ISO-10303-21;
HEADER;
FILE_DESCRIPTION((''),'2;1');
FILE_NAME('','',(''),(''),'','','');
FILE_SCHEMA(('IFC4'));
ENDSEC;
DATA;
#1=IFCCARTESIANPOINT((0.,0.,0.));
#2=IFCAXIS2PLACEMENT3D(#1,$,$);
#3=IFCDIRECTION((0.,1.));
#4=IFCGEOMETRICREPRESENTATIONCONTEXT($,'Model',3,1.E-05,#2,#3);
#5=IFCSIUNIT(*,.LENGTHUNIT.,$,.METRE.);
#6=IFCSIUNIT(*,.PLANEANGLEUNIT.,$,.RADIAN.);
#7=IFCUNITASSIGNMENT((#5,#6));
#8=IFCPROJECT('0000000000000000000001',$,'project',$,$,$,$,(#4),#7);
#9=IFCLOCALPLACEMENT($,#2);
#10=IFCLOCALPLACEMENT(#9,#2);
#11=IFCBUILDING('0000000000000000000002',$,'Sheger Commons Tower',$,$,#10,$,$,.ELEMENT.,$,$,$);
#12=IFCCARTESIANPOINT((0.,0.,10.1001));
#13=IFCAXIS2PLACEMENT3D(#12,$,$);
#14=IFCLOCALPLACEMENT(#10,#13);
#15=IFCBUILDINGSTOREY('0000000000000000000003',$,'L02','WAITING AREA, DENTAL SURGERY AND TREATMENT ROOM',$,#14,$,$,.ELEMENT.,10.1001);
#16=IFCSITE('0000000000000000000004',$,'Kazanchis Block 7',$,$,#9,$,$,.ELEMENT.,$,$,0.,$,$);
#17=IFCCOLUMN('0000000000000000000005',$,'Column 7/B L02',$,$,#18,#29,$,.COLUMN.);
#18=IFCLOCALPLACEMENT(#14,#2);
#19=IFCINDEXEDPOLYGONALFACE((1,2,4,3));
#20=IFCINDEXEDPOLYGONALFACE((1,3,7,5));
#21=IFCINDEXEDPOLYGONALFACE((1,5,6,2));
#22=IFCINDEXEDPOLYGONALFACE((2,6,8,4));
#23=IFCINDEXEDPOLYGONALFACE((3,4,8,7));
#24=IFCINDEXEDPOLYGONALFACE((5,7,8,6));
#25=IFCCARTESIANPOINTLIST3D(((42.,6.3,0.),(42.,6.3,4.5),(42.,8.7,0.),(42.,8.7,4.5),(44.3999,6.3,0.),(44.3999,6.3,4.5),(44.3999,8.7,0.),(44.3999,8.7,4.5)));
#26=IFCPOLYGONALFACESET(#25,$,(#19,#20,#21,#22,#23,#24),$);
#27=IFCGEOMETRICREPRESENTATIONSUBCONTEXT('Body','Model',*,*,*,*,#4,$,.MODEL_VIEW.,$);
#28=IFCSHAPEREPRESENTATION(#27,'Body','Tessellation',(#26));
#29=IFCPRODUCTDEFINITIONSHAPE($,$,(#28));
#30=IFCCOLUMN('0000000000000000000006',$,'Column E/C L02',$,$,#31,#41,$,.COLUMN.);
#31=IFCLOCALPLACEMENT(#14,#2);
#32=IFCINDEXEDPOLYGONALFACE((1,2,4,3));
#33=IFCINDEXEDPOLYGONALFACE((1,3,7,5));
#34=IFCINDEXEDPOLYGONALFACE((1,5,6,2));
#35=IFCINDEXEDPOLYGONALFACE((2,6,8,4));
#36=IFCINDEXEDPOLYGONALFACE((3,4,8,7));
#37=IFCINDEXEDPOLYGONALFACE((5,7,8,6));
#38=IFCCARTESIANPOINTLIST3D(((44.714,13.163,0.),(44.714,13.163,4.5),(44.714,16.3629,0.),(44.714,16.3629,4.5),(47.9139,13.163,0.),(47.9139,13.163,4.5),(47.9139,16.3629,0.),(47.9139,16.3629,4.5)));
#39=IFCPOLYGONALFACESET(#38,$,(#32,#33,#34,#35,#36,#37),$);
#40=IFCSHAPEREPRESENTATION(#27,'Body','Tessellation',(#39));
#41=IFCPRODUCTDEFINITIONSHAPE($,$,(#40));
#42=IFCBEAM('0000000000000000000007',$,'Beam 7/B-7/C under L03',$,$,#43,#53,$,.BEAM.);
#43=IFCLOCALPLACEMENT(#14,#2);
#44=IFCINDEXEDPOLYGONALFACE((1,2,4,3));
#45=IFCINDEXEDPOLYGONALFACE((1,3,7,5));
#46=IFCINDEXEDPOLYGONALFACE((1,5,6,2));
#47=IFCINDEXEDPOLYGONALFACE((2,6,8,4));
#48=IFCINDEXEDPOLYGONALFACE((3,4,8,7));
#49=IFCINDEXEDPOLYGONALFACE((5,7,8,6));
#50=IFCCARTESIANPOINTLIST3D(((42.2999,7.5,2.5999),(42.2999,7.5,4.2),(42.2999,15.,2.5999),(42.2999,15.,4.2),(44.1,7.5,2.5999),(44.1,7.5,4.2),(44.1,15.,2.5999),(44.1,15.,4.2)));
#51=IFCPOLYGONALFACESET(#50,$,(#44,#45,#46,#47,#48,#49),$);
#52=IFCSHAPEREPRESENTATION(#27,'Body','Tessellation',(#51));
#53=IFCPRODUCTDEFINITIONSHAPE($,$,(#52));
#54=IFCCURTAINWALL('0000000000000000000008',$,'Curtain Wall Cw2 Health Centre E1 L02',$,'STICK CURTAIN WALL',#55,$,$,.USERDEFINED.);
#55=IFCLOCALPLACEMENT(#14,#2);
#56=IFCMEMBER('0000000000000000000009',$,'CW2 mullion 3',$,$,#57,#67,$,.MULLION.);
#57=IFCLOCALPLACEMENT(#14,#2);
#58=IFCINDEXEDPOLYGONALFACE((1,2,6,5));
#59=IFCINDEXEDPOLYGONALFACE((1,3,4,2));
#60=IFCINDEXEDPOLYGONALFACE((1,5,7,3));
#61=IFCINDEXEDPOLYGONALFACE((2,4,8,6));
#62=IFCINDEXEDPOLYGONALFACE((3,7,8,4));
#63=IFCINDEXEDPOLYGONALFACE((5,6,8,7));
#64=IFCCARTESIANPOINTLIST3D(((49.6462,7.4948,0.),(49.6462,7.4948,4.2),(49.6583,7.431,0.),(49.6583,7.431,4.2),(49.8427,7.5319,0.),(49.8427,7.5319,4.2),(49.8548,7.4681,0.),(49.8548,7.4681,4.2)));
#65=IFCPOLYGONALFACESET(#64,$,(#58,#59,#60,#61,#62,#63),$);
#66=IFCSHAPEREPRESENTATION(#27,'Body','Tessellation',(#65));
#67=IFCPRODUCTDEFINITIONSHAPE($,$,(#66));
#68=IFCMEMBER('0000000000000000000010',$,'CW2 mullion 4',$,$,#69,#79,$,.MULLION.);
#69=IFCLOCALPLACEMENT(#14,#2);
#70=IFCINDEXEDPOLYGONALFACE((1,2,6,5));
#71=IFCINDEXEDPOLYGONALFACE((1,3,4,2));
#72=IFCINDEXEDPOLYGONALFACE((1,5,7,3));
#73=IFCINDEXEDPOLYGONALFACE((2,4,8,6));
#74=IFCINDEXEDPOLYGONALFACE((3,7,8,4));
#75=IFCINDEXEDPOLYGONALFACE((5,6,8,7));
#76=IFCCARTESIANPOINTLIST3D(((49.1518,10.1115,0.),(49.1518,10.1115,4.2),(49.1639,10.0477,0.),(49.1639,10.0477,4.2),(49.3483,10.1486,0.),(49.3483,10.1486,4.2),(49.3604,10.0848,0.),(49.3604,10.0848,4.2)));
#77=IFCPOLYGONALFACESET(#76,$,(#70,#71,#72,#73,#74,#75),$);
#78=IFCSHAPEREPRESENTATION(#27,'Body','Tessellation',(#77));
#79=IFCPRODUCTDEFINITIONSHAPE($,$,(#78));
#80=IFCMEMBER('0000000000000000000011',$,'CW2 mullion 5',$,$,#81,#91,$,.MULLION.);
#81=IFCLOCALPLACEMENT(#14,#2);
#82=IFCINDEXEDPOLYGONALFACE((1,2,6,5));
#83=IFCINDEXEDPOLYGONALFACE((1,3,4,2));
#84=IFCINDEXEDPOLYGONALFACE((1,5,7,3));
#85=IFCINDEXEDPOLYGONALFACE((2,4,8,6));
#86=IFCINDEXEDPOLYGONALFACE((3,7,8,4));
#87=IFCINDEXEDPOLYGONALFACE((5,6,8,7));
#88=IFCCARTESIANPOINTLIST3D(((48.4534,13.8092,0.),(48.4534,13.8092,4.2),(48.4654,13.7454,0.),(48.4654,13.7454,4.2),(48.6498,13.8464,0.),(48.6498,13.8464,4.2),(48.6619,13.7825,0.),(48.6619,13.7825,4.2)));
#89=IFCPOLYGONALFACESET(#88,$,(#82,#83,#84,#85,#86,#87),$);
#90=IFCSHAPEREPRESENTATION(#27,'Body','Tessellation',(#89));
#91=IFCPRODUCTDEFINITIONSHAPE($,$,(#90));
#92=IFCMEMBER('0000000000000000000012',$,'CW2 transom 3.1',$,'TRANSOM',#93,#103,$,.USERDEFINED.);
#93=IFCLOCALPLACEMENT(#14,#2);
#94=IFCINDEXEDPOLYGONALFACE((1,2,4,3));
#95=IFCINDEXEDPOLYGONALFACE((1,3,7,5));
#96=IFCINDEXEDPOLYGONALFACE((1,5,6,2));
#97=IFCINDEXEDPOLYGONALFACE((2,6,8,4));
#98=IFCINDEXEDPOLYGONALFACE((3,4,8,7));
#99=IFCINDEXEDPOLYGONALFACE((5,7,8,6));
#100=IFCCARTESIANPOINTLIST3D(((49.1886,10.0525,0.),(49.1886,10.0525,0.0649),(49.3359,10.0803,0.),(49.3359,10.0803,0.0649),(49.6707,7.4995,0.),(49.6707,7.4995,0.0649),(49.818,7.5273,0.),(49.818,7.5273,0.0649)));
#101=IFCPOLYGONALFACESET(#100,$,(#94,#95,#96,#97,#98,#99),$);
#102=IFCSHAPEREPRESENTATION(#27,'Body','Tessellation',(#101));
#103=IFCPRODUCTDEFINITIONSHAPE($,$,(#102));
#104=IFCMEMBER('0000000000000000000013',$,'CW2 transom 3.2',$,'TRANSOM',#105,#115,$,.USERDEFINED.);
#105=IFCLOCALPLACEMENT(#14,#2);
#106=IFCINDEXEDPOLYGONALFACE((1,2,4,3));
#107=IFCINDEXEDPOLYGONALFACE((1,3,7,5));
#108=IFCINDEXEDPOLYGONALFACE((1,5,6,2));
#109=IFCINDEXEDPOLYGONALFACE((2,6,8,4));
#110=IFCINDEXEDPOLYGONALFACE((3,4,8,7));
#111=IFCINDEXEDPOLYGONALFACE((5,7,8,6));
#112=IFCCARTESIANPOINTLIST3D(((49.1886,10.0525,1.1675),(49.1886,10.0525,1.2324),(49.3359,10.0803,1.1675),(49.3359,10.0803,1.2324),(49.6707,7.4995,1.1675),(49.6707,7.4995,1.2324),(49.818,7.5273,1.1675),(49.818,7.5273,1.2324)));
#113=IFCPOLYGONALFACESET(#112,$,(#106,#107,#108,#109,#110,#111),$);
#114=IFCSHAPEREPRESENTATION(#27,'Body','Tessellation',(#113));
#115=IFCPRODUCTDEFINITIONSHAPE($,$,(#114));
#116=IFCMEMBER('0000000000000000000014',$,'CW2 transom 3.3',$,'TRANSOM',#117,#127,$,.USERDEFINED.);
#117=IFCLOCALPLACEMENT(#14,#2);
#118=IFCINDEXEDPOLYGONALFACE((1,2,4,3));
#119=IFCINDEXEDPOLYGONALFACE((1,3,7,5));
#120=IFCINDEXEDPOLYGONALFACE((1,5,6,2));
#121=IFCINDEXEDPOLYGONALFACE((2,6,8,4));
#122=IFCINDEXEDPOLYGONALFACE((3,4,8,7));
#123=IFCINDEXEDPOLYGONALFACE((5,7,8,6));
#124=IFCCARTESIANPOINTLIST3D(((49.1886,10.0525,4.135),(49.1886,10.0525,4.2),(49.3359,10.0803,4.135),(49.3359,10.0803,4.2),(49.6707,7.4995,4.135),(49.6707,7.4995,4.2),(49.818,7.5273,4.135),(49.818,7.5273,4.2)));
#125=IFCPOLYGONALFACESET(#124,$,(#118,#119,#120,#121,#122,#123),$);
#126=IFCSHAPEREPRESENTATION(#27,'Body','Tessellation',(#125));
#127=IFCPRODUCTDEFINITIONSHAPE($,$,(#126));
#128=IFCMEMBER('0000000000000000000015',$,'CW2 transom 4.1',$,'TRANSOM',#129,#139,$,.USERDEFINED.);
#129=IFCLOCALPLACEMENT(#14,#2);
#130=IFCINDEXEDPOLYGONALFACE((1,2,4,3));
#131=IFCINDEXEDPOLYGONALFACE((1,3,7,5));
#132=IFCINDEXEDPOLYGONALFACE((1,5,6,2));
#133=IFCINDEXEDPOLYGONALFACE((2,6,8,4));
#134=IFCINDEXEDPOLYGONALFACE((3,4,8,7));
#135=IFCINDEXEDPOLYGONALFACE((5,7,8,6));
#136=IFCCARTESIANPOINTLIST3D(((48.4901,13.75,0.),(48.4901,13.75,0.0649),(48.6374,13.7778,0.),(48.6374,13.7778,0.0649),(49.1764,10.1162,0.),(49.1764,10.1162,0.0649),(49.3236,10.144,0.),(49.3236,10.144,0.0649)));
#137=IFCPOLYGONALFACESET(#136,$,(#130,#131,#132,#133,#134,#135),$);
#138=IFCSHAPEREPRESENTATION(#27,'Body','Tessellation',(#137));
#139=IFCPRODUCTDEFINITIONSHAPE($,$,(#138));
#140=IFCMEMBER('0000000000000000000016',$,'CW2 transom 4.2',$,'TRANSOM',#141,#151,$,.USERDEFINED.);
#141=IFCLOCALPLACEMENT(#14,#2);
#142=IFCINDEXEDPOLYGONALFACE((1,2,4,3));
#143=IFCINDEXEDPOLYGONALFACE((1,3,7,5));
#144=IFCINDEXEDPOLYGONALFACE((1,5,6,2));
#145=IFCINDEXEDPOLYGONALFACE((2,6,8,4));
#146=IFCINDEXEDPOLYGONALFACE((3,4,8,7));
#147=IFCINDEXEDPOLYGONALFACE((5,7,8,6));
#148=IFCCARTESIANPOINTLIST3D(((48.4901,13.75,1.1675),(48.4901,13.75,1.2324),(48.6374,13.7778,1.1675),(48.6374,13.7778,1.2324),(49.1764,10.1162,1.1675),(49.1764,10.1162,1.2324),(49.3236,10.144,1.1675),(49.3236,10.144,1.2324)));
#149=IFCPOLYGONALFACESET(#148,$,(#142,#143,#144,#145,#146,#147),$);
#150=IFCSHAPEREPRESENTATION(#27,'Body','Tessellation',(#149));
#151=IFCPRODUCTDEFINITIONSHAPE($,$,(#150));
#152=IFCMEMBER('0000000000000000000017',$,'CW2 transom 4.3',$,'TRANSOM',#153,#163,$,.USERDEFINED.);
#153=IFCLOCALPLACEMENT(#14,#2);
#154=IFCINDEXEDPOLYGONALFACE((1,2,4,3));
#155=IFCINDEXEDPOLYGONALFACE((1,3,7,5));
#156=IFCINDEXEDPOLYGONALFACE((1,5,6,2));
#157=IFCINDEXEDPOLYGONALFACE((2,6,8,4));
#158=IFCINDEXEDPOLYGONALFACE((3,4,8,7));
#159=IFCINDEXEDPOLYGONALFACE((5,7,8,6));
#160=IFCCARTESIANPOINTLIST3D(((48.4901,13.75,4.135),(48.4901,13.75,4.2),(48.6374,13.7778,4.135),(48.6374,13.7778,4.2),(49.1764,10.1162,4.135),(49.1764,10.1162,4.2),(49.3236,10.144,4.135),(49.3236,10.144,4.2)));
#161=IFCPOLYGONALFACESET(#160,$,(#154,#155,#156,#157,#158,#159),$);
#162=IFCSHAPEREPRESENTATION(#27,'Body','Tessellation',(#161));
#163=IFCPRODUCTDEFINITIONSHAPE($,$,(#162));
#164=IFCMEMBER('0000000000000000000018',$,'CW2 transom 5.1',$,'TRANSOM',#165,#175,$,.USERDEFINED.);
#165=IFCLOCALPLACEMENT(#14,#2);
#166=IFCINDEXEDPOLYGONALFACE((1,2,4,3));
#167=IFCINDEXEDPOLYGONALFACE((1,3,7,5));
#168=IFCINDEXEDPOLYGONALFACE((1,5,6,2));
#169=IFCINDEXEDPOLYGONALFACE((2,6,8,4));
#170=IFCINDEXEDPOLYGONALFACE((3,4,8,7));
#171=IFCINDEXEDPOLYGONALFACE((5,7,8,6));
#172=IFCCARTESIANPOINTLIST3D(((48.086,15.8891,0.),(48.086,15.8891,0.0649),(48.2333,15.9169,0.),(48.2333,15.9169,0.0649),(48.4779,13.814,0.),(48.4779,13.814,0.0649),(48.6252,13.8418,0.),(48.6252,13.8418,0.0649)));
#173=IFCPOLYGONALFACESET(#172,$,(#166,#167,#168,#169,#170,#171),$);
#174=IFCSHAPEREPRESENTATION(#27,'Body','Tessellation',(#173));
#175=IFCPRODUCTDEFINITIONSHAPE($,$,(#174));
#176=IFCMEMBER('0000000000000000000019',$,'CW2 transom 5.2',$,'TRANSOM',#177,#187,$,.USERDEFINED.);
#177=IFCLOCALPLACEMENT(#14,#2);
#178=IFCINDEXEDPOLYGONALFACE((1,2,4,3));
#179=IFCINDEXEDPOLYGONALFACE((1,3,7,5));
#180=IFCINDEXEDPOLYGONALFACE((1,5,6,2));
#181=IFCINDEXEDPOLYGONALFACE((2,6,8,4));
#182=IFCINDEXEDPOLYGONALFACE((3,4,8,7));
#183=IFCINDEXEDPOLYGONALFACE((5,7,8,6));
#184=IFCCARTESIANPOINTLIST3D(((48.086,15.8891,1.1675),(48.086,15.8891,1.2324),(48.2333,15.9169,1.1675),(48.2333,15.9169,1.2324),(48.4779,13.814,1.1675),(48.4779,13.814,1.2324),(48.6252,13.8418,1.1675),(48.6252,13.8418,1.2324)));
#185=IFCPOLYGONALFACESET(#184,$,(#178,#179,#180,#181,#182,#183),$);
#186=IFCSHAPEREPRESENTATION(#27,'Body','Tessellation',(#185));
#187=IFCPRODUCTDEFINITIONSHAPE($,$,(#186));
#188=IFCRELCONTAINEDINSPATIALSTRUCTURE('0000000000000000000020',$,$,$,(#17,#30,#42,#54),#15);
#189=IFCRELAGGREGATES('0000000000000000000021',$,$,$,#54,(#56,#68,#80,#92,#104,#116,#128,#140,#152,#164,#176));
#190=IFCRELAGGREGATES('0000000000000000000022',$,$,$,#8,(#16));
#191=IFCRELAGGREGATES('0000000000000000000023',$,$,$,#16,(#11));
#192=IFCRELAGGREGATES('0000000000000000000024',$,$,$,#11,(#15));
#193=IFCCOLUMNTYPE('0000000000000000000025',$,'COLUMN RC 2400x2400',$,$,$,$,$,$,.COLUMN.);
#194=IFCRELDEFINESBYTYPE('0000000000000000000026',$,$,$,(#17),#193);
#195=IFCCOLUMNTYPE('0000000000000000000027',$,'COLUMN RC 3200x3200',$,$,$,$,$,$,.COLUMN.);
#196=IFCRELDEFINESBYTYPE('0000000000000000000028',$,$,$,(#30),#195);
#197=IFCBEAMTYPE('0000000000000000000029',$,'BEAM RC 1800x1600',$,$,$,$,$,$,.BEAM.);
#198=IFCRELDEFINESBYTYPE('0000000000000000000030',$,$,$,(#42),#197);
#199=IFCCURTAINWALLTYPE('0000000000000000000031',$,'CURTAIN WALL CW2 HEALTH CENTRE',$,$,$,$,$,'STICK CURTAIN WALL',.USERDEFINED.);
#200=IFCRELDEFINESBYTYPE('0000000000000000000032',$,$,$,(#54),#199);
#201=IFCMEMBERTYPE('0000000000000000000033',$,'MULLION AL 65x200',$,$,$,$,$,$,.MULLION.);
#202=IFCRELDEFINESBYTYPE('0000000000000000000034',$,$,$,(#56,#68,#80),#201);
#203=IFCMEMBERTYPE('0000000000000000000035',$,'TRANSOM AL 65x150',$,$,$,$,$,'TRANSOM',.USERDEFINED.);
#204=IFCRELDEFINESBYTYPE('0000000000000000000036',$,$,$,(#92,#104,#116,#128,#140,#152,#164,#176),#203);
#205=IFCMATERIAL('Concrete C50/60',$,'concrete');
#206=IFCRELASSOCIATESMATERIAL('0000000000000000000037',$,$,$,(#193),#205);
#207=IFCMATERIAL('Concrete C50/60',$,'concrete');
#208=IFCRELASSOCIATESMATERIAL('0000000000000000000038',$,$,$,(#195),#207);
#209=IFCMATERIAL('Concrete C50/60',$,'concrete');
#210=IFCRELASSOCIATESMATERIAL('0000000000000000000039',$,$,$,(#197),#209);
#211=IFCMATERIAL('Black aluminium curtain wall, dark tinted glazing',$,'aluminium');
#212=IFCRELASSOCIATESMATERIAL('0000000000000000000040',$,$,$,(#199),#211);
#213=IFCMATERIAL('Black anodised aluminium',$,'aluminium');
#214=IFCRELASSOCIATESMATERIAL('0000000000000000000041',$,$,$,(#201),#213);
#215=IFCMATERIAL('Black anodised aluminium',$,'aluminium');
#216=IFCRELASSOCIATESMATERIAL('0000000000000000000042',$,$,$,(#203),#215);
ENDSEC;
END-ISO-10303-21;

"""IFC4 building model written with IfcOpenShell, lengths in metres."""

from ifc_helpers import new_model, si_unit, direction, frame, origin, origin_2d, place, context, subcontext, project, spatial, rectangle, extrude, material, material_profile, profile_set, type_object, element, aggregate, save


model = new_model("IFC4")

# Units and contexts
model_context = context("Model", 3, precision=1e-05, world=origin(), true_north=direction((0.0, 1.0)))
body_context = subcontext(model_context, "Body", "Model", "MODEL_VIEW")
ifc_project = project(units=[si_unit("LENGTHUNIT", "METRE"), si_unit("PLANEANGLEUNIT", "RADIAN")], contexts=[model_context])

# Site, building, storey
site_placement = place(None, origin())
site = spatial("IfcSite", under=ifc_project, at=site_placement, Name="Kazanchis Block 7", CompositionType="ELEMENT", RefElevation=0.0)
building_placement = place(site_placement, origin())
building = spatial("IfcBuilding", under=site, at=building_placement, Name="Sheger Commons Tower", CompositionType="ELEMENT")
storey_placement = place(building_placement, frame((0.0, 0.0, 10.1001)))
storey = spatial("IfcBuildingStorey", under=building, at=storey_placement, Name="L02", Description="WAITING AREA, DENTAL SURGERY AND TREATMENT ROOM", CompositionType="ELEMENT", Elevation=10.1001)

# Columns
ifc_material_1 = material(Name="Concrete C50/60", Category="concrete")
ifc_material_profile_1 = material_profile(ifc_material_1, rectangle(XDim=2.3999, YDim=2.3999, at=origin_2d()), Name="RC 2400x2400")
ifc_profile_set_1 = profile_set([ifc_material_profile_1], Name="Concrete C50/60")
column_type_1 = type_object("IfcColumnType", Name="COLUMN RC 2400x2400", PredefinedType="COLUMN", material=ifc_profile_set_1)
column_1_placement = place(storey_placement, frame((43.2, 7.5, 0.0), z_axis=(0.0, 0.0, 1.0), x_axis=(1.0, 0.0, 0.0)))
element("IfcColumn", 1, at=column_1_placement, inside=storey, type_object=column_type_1, Name="Column 7/B L02", PredefinedType="COLUMN", context=body_context, shape_type="SweptSolid", body=[
    extrude(rectangle(XDim=2.3999, YDim=2.3999, at=origin_2d()), origin(), (0.0, 0.0, 1.0), 4.5),
])
ifc_material_2 = material(Name="Concrete C50/60", Category="concrete")
ifc_material_profile_2 = material_profile(ifc_material_2, rectangle(XDim=3.2, YDim=3.2, at=origin_2d()), Name="RC 3200x3200")
ifc_profile_set_2 = profile_set([ifc_material_profile_2], Name="Concrete C50/60")
column_type_2 = type_object("IfcColumnType", Name="COLUMN RC 3200x3200", PredefinedType="COLUMN", material=ifc_profile_set_2)
column_2_placement = place(storey_placement, frame((46.314, 14.7629, 0.0), z_axis=(0.0, 0.0, 1.0), x_axis=(1.0, 0.0, 0.0)))
element("IfcColumn", 2, at=column_2_placement, inside=storey, type_object=column_type_2, Name="Column E/C L02", PredefinedType="COLUMN", context=body_context, shape_type="SweptSolid", body=[
    extrude(rectangle(XDim=3.2, YDim=3.2, at=origin_2d()), origin(), (0.0, 0.0, 1.0), 4.5),
])

# Beam
ifc_material_3 = material(Name="Concrete C50/60", Category="concrete")
ifc_material_profile_3 = material_profile(ifc_material_3, rectangle(XDim=1.8, YDim=1.6001, at=origin_2d()), Name="RC 1800x1600")
ifc_profile_set_3 = profile_set([ifc_material_profile_3], Name="Concrete C50/60")
beam_type = type_object("IfcBeamType", Name="BEAM RC 1800x1600", PredefinedType="BEAM", material=ifc_profile_set_3)
beam_placement = place(storey_placement, frame((43.2, 7.5, 3.3999), z_axis=(0.0, 1.0, 0.0), x_axis=(-1.0, 0.0, 0.0)))
element("IfcBeam", 3, at=beam_placement, inside=storey, type_object=beam_type, Name="Beam 7/B-7/C under L03", PredefinedType="BEAM", context=body_context, shape_type="SweptSolid", body=[
    extrude(rectangle(XDim=1.8, YDim=1.6001, at=origin_2d()), origin(), (0.0, 0.0, 1.0), 7.5),
])

# Curtain wall, members
ifc_material_4 = material(Name="Black aluminium curtain wall, dark tinted glazing", Category="aluminium")
curtain_wall_type = type_object("IfcCurtainWallType", Name="CURTAIN WALL CW2 HEALTH CENTRE", ElementType="STICK CURTAIN WALL", PredefinedType="USERDEFINED", material=ifc_material_4)
curtain_wall_placement = place(storey_placement, origin())
curtain_wall = element("IfcCurtainWall", 4, at=curtain_wall_placement, inside=storey, type_object=curtain_wall_type, Name="Curtain Wall Cw2 Health Centre E1 L02", ObjectType="STICK CURTAIN WALL", PredefinedType="USERDEFINED")
ifc_material_5 = material(Name="Black anodised aluminium", Category="aluminium")
ifc_material_profile_4 = material_profile(ifc_material_5, rectangle(XDim=0.2, YDim=0.0649, at=origin_2d()), Name="AL 65x200")
ifc_profile_set_4 = profile_set([ifc_material_profile_4], Name="Black anodised aluminium")
member_type_1 = type_object("IfcMemberType", Name="MULLION AL 65x200", PredefinedType="MULLION", material=ifc_profile_set_4)
member_1_placement = place(storey_placement, frame((49.7505, 7.4814, 0.0), z_axis=(0.0, 0.0, 1.0), x_axis=(-0.982624, -0.18561, 0.0)))
member_1 = element("IfcMember", 5, at=member_1_placement, type_object=member_type_1, Name="CW2 mullion 3", PredefinedType="MULLION", context=body_context, shape_type="SweptSolid", body=[
    extrude(rectangle(XDim=0.2, YDim=0.0649, at=origin_2d()), origin(), (0.0, 0.0, 1.0), 4.2),
])
member_2_placement = place(storey_placement, frame((49.2561, 10.0981, 0.0), z_axis=(0.0, 0.0, 1.0), x_axis=(-0.982624, -0.18561, 0.0)))
member_2 = element("IfcMember", 6, at=member_2_placement, type_object=member_type_1, Name="CW2 mullion 4", PredefinedType="MULLION", context=body_context, shape_type="SweptSolid", body=[
    extrude(rectangle(XDim=0.2, YDim=0.0649, at=origin_2d()), origin(), (0.0, 0.0, 1.0), 4.2),
])
member_3_placement = place(storey_placement, frame((48.5576, 13.7959, 0.0), z_axis=(0.0, 0.0, 1.0), x_axis=(-0.982624, -0.18561, 0.0)))
member_3 = element("IfcMember", 7, at=member_3_placement, type_object=member_type_1, Name="CW2 mullion 5", PredefinedType="MULLION", context=body_context, shape_type="SweptSolid", body=[
    extrude(rectangle(XDim=0.2, YDim=0.0649, at=origin_2d()), origin(), (0.0, 0.0, 1.0), 4.2),
])
ifc_material_6 = material(Name="Black anodised aluminium", Category="aluminium")
ifc_material_profile_5 = material_profile(ifc_material_6, rectangle(XDim=0.1499, YDim=0.0649, at=origin_2d()), Name="AL 65x150")
ifc_profile_set_5 = profile_set([ifc_material_profile_5], Name="Black anodised aluminium")
member_type_2 = type_object("IfcMemberType", Name="TRANSOM AL 65x150", ElementType="TRANSOM", PredefinedType="USERDEFINED", material=ifc_profile_set_5)
member_4_placement = place(storey_placement, frame((49.7444, 7.5134, 0.0325), z_axis=(-0.185588, 0.982628, 0.0), x_axis=(-0.982628, -0.185588, 0.0)))
member_4 = element("IfcMember", 8, at=member_4_placement, type_object=member_type_2, Name="CW2 transom 3.1", ObjectType="TRANSOM", PredefinedType="USERDEFINED", context=body_context, shape_type="SweptSolid", body=[
    extrude(rectangle(XDim=0.1499, YDim=0.0649, at=origin_2d()), origin(), (0.0, 0.0, 1.0), 2.5981),
])
member_5_placement = place(storey_placement, frame((49.7444, 7.5134, 1.2), z_axis=(-0.185588, 0.982628, 0.0), x_axis=(-0.982628, -0.185588, 0.0)))
member_5 = element("IfcMember", 9, at=member_5_placement, type_object=member_type_2, Name="CW2 transom 3.2", ObjectType="TRANSOM", PredefinedType="USERDEFINED", context=body_context, shape_type="SweptSolid", body=[
    extrude(rectangle(XDim=0.1499, YDim=0.0649, at=origin_2d()), origin(), (0.0, 0.0, 1.0), 2.5981),
])
member_6_placement = place(storey_placement, frame((49.7444, 7.5134, 4.1675), z_axis=(-0.185588, 0.982628, 0.0), x_axis=(-0.982628, -0.185588, 0.0)))
member_6 = element("IfcMember", 10, at=member_6_placement, type_object=member_type_2, Name="CW2 transom 3.3", ObjectType="TRANSOM", PredefinedType="USERDEFINED", context=body_context, shape_type="SweptSolid", body=[
    extrude(rectangle(XDim=0.1499, YDim=0.0649, at=origin_2d()), origin(), (0.0, 0.0, 1.0), 2.5981),
])
member_7_placement = place(storey_placement, frame((49.25, 10.1301, 0.0325), z_axis=(-0.18558, 0.982629, 0.0), x_axis=(-0.982629, -0.18558, 0.0)))
member_7 = element("IfcMember", 11, at=member_7_placement, type_object=member_type_2, Name="CW2 transom 4.1", ObjectType="TRANSOM", PredefinedType="USERDEFINED", context=body_context, shape_type="SweptSolid", body=[
    extrude(rectangle(XDim=0.1499, YDim=0.0649, at=origin_2d()), origin(), (0.0, 0.0, 1.0), 3.698),
])
member_8_placement = place(storey_placement, frame((49.25, 10.1301, 1.2), z_axis=(-0.18558, 0.982629, 0.0), x_axis=(-0.982629, -0.18558, 0.0)))
member_8 = element("IfcMember", 12, at=member_8_placement, type_object=member_type_2, Name="CW2 transom 4.2", ObjectType="TRANSOM", PredefinedType="USERDEFINED", context=body_context, shape_type="SweptSolid", body=[
    extrude(rectangle(XDim=0.1499, YDim=0.0649, at=origin_2d()), origin(), (0.0, 0.0, 1.0), 3.698),
])
member_9_placement = place(storey_placement, frame((49.25, 10.1301, 4.1675), z_axis=(-0.18558, 0.982629, 0.0), x_axis=(-0.982629, -0.18558, 0.0)))
member_9 = element("IfcMember", 13, at=member_9_placement, type_object=member_type_2, Name="CW2 transom 4.3", ObjectType="TRANSOM", PredefinedType="USERDEFINED", context=body_context, shape_type="SweptSolid", body=[
    extrude(rectangle(XDim=0.1499, YDim=0.0649, at=origin_2d()), origin(), (0.0, 0.0, 1.0), 3.698),
])
member_10_placement = place(storey_placement, frame((48.5515, 13.8279, 0.0325), z_axis=(-0.185545, 0.982636, 0.0), x_axis=(-0.982636, -0.185545, 0.0)))
member_10 = element("IfcMember", 14, at=member_10_placement, type_object=member_type_2, Name="CW2 transom 5.1", ObjectType="TRANSOM", PredefinedType="USERDEFINED", context=body_context, shape_type="SweptSolid", body=[
    extrude(rectangle(XDim=0.1499, YDim=0.0649, at=origin_2d()), origin(), (0.0, 0.0, 1.0), 2.1118),
])
member_11_placement = place(storey_placement, frame((48.5515, 13.8279, 1.2), z_axis=(-0.185545, 0.982636, 0.0), x_axis=(-0.982636, -0.185545, 0.0)))
member_11 = element("IfcMember", 15, at=member_11_placement, type_object=member_type_2, Name="CW2 transom 5.2", ObjectType="TRANSOM", PredefinedType="USERDEFINED", context=body_context, shape_type="SweptSolid", body=[
    extrude(rectangle(XDim=0.1499, YDim=0.0649, at=origin_2d()), origin(), (0.0, 0.0, 1.0), 2.1118),
])
aggregate(curtain_wall, [member_1, member_2, member_3, member_4, member_5, member_6, member_7, member_8, member_9, member_10, member_11])

save(model, "model.ifc")
